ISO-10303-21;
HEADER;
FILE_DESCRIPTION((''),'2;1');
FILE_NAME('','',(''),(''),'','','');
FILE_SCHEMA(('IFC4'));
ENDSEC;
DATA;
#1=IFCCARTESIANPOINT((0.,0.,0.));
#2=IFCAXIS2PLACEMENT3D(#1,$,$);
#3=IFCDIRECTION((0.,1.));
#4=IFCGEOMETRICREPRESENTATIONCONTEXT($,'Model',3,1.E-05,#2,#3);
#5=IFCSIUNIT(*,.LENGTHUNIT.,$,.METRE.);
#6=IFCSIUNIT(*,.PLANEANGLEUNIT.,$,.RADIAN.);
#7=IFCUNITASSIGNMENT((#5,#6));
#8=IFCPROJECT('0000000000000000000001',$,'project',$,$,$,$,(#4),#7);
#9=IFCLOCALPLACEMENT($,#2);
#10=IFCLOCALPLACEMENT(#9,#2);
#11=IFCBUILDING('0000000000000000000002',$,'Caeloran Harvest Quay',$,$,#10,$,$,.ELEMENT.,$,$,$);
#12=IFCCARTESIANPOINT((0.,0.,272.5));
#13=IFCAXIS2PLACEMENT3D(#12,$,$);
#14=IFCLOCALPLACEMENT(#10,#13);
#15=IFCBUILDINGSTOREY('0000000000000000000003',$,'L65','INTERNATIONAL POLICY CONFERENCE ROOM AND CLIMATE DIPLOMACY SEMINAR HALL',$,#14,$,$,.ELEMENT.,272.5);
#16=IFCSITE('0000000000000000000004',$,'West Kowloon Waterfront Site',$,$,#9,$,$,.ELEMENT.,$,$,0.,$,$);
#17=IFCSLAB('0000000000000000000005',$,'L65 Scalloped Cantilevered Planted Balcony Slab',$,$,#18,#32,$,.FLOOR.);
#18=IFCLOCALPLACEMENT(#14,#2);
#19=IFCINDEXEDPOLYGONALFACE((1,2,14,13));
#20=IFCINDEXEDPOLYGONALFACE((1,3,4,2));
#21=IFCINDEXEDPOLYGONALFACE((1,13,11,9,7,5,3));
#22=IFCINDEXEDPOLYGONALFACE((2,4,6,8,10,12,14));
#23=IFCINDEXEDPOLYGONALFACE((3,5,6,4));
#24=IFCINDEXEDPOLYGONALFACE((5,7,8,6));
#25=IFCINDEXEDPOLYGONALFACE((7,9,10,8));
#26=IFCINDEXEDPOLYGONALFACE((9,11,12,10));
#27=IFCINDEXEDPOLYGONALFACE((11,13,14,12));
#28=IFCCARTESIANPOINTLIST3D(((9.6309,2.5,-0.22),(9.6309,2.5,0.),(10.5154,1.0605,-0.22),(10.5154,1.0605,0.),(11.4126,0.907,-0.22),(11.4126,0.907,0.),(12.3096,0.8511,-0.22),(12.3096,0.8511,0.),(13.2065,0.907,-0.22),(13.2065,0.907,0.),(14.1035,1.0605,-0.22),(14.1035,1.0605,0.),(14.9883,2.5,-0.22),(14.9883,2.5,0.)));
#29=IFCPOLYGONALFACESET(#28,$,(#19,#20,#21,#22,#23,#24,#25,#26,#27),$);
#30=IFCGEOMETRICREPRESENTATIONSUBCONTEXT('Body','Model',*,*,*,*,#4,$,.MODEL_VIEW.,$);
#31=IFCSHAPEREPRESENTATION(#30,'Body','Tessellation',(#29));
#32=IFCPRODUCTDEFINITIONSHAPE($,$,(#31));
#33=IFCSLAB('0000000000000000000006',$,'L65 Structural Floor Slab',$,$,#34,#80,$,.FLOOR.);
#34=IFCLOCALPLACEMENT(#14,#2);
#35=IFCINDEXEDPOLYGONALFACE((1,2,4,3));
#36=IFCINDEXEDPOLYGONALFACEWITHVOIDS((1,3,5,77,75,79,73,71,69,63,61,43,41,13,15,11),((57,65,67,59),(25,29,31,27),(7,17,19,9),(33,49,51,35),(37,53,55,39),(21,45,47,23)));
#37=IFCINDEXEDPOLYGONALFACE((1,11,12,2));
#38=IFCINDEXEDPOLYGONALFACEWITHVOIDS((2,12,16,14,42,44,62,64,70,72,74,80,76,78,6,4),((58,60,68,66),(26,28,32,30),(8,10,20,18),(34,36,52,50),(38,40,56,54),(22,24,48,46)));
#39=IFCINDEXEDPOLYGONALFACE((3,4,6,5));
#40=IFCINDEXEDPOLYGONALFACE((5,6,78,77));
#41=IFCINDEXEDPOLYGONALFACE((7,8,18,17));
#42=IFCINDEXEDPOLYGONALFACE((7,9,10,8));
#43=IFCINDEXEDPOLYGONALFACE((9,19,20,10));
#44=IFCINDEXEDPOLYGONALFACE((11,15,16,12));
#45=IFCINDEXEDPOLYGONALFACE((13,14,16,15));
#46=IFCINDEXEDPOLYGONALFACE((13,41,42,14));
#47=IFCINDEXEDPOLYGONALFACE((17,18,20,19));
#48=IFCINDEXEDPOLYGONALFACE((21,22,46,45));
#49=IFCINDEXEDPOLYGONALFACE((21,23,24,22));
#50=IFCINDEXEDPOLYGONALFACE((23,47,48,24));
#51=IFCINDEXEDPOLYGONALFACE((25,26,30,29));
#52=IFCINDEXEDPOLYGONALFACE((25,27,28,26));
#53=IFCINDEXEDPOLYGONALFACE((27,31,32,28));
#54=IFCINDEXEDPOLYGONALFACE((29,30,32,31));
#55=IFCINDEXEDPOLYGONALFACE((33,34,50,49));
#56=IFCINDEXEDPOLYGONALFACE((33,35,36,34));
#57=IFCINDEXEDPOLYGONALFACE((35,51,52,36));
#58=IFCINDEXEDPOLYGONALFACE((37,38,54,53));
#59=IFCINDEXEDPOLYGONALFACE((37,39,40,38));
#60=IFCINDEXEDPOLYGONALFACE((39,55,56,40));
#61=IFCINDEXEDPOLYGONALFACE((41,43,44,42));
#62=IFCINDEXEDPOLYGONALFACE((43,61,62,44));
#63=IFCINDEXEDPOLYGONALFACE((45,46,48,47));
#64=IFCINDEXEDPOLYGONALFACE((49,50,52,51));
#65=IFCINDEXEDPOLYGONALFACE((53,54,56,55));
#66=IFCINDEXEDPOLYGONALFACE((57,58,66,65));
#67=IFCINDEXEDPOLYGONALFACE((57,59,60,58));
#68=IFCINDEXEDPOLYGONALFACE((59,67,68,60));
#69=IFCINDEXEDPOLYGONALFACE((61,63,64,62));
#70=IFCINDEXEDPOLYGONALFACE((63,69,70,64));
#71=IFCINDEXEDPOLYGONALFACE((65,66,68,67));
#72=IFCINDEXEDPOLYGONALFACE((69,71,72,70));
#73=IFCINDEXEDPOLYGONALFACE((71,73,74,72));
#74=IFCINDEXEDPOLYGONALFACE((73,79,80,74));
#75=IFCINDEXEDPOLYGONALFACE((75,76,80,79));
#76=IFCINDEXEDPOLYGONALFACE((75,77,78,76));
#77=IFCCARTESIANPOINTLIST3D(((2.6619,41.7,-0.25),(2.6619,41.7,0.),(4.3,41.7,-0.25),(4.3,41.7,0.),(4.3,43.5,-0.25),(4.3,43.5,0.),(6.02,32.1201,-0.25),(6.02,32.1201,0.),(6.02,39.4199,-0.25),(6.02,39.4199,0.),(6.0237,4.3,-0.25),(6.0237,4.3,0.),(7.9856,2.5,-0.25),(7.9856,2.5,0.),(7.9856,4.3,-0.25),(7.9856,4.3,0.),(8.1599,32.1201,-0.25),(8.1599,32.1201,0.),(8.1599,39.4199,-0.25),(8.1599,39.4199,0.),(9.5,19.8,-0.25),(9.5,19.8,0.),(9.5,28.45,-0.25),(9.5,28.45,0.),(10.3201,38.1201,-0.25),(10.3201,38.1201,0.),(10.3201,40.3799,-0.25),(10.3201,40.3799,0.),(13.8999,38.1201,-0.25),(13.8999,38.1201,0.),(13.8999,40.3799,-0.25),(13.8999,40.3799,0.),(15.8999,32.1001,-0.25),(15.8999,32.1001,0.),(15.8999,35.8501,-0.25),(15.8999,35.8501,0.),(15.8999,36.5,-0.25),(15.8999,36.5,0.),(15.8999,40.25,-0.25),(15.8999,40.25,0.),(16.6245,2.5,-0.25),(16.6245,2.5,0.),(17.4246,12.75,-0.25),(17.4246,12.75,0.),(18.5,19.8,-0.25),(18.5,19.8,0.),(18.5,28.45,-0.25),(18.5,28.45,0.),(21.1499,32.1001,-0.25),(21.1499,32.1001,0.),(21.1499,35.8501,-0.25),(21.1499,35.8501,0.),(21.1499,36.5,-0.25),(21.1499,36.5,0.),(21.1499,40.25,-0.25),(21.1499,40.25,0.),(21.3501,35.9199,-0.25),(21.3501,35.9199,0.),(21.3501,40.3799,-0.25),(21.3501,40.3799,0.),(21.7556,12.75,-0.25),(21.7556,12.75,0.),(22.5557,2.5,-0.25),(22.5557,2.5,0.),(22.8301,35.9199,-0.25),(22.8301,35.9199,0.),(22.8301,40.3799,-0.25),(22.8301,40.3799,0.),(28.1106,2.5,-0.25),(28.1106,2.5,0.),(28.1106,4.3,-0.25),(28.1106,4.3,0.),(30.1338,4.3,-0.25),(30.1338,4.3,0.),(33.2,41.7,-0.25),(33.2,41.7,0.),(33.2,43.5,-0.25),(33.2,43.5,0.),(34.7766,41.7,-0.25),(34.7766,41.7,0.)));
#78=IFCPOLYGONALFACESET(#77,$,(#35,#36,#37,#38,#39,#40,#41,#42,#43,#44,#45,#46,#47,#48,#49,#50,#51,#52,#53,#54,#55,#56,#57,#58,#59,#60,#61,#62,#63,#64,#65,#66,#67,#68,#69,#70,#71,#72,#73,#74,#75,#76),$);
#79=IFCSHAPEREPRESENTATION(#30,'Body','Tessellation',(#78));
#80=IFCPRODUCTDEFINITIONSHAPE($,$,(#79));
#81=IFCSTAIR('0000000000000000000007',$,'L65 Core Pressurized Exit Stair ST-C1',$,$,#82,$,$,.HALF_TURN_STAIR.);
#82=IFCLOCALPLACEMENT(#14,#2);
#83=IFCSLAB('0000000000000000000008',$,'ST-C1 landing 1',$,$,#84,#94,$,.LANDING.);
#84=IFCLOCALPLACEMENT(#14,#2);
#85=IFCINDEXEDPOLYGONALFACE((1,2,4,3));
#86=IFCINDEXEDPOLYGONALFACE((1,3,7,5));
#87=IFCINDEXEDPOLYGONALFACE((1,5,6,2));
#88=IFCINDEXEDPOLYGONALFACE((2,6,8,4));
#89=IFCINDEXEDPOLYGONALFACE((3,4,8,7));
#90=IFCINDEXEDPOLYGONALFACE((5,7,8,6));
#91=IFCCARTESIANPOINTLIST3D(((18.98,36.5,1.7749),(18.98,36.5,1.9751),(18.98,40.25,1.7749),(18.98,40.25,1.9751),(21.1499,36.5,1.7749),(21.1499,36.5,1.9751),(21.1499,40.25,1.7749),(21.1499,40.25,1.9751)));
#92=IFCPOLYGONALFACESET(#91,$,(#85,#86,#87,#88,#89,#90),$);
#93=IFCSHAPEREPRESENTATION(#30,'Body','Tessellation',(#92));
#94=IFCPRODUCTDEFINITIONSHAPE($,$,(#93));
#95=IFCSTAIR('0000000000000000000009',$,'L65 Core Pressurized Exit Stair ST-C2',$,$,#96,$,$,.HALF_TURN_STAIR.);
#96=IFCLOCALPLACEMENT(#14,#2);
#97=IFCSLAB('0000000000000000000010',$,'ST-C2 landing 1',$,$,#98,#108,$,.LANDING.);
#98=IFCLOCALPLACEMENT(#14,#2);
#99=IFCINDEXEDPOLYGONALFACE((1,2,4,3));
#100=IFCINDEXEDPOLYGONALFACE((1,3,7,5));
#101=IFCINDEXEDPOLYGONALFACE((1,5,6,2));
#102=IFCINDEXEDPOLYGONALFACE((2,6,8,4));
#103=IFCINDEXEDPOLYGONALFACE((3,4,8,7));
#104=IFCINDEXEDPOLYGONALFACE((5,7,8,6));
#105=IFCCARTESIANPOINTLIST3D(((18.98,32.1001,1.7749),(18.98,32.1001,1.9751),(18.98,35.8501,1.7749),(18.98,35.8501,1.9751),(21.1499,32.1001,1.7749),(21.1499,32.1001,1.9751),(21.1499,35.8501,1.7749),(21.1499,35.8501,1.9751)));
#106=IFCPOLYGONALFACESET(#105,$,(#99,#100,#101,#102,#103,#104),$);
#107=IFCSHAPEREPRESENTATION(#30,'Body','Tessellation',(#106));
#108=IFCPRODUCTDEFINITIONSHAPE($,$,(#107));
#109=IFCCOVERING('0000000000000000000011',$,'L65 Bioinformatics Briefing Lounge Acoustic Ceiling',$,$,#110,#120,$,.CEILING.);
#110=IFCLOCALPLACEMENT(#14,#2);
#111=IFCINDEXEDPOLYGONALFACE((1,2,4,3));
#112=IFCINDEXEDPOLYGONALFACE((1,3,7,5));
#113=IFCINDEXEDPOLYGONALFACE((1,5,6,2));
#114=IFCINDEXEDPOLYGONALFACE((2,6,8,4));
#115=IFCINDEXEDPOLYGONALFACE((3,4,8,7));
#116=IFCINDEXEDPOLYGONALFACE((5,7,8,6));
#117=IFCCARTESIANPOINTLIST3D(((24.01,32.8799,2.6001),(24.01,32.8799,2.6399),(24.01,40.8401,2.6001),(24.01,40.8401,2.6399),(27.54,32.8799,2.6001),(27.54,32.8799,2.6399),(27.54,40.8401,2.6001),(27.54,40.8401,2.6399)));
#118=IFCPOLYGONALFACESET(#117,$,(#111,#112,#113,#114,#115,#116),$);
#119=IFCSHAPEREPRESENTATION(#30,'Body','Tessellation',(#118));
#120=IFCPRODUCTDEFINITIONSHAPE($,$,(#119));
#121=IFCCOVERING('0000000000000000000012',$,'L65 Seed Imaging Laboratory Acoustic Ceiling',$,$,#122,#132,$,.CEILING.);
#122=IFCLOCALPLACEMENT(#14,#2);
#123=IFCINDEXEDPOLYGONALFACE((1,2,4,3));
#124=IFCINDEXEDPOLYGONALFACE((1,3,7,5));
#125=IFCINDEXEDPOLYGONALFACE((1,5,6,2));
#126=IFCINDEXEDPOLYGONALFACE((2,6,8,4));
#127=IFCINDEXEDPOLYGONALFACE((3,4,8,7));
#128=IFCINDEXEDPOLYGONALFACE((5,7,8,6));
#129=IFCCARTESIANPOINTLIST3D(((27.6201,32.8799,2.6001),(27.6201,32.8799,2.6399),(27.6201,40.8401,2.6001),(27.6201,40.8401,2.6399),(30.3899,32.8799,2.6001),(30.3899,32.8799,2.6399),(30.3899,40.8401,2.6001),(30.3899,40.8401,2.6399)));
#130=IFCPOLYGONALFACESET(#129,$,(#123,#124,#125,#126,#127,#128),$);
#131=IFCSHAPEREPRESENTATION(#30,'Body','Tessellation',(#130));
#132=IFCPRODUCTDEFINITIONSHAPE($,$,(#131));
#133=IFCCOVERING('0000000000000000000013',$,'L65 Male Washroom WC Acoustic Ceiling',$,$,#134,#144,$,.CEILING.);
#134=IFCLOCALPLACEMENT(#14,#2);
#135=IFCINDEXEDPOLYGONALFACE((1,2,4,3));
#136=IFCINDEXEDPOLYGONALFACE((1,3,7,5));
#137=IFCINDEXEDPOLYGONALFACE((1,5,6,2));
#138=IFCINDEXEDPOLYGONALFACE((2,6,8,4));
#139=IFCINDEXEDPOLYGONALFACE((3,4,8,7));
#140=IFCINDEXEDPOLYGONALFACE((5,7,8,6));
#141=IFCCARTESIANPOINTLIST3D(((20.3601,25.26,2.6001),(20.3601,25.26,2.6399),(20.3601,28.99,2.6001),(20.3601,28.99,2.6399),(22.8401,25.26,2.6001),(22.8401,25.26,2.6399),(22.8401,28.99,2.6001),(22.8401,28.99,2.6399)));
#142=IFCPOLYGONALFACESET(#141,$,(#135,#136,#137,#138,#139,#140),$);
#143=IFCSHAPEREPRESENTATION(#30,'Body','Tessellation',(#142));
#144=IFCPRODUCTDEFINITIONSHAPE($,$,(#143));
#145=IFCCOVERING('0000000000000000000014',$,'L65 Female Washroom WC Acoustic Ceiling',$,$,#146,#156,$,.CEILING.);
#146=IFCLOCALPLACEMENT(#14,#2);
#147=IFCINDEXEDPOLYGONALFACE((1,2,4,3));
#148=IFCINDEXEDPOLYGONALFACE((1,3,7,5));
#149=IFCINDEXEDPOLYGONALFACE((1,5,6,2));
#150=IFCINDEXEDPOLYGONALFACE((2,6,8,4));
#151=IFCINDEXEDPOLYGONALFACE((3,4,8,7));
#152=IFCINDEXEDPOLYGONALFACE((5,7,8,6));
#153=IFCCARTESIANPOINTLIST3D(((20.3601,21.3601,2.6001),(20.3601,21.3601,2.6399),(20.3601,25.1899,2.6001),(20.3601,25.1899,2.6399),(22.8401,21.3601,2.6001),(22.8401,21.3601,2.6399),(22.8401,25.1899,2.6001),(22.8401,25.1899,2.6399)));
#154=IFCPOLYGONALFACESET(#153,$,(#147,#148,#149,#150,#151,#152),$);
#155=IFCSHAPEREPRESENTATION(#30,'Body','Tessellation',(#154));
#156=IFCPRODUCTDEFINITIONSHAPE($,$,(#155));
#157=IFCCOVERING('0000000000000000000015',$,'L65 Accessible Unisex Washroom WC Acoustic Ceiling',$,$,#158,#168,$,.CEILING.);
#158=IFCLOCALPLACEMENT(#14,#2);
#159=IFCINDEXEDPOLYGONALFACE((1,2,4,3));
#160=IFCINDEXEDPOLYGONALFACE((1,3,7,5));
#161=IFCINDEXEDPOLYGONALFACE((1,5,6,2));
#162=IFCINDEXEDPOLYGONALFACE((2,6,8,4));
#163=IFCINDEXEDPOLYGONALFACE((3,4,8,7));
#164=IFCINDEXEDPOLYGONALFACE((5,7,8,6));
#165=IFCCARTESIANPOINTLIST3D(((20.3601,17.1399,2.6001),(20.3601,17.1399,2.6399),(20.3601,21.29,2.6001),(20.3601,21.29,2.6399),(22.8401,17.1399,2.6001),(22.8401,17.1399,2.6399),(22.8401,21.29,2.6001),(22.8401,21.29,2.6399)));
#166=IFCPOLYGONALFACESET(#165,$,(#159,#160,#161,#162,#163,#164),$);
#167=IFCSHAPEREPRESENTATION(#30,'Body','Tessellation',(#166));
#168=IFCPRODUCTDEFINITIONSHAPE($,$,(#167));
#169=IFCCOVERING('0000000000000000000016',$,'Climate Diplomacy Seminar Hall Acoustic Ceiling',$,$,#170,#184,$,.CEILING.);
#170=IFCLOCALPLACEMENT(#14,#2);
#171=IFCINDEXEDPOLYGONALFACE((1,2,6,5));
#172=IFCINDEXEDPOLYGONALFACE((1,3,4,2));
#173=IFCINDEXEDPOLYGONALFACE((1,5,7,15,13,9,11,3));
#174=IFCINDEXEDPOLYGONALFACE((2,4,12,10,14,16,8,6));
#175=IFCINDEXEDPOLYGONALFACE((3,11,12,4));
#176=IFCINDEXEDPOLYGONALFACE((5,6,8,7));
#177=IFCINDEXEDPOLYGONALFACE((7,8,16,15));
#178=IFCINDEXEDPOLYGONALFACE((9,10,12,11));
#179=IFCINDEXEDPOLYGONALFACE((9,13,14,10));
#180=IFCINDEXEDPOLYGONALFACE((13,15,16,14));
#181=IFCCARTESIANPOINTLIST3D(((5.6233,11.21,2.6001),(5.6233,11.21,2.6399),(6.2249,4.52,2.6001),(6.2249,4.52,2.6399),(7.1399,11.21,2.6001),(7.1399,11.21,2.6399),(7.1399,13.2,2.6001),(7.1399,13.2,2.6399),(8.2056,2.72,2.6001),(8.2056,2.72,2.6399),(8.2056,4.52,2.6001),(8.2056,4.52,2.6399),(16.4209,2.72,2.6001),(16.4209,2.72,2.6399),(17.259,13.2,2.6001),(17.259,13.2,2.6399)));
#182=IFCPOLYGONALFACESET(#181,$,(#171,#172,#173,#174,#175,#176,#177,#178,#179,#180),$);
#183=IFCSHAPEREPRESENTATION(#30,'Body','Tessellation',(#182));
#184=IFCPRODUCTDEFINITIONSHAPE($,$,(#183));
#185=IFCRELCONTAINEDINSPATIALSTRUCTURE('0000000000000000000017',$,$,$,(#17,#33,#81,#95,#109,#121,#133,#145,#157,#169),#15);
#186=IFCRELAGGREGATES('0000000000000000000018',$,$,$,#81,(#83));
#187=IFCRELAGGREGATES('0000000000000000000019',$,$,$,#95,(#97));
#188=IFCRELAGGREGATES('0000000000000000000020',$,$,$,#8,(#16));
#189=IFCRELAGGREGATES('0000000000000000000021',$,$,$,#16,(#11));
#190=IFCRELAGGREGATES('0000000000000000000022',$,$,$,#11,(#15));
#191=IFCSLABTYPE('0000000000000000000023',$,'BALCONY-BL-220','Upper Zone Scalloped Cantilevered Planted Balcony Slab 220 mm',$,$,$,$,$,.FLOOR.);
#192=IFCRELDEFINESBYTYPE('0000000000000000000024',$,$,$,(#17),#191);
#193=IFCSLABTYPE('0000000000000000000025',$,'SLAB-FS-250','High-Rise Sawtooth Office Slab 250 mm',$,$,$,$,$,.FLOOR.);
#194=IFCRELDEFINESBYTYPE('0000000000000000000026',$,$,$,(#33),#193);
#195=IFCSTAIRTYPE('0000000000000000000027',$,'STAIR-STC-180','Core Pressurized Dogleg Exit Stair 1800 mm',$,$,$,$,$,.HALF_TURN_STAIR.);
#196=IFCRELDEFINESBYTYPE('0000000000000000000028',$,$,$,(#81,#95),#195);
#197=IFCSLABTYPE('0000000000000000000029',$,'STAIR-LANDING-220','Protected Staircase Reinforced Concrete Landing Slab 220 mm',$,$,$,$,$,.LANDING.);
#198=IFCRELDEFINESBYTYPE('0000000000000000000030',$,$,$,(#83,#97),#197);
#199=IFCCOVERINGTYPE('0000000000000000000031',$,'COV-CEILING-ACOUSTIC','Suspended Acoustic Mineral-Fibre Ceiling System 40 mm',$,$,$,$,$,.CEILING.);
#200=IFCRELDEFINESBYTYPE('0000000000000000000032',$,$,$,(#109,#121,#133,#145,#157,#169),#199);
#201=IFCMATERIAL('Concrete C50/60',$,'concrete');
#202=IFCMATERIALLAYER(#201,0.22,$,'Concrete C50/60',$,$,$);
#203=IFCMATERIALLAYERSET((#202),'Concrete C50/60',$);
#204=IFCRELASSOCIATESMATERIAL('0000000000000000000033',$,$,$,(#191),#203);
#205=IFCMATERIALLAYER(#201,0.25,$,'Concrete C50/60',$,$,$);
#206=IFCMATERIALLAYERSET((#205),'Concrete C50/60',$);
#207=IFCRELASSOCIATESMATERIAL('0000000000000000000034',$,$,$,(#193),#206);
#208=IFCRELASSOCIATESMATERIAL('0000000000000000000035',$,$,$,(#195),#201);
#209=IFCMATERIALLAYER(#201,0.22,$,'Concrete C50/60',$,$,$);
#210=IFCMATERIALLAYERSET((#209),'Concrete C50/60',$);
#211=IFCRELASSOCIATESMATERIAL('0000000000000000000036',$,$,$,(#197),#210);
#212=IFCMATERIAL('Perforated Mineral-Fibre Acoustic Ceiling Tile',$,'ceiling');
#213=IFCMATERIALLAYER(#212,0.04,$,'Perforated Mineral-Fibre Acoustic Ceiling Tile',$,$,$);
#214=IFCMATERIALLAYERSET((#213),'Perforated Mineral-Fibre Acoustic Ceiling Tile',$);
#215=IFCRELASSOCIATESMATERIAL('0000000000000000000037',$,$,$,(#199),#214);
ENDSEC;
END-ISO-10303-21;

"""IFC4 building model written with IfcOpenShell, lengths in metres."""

from ifc_helpers import new_model, si_unit, direction, frame, origin, place, context, subcontext, project, spatial, polyline, outline, extrude, material, layer, layer_set, type_object, element, aggregate, save


model = new_model("IFC4")

# Units and contexts
model_context = context("Model", 3, precision=1e-05, world=origin(), true_north=direction((0.0, 1.0)))
body_context = subcontext(model_context, "Body", "Model", "MODEL_VIEW")
ifc_project = project(units=[si_unit("LENGTHUNIT", "METRE"), si_unit("PLANEANGLEUNIT", "RADIAN")], contexts=[model_context])

# Site, building, storey
site_placement = place(None, origin())
site = spatial("IfcSite", under=ifc_project, at=site_placement, Name="West Kowloon Waterfront Site", CompositionType="ELEMENT", RefElevation=0.0)
building_placement = place(site_placement, origin())
building = spatial("IfcBuilding", under=site, at=building_placement, Name="Caeloran Harvest Quay", CompositionType="ELEMENT")
storey_placement = place(building_placement, frame((0.0, 0.0, 272.5)))
storey = spatial("IfcBuildingStorey", under=building, at=storey_placement, Name="L65", Description="INTERNATIONAL POLICY CONFERENCE ROOM AND CLIMATE DIPLOMACY SEMINAR HALL", CompositionType="ELEMENT", Elevation=272.5)

# Slabs
ifc_material_1 = material(Name="Concrete C50/60", Category="concrete")
ifc_layer_1 = layer(ifc_material_1, 0.22, Name="Concrete C50/60")
ifc_layer_set_1 = layer_set([ifc_layer_1], Name="Concrete C50/60")
slab_type_1 = type_object("IfcSlabType", Name="BALCONY-BL-220", Description="Upper Zone Scalloped Cantilevered Planted Balcony Slab 220 mm", PredefinedType="FLOOR", material=ifc_layer_set_1)
slab_1_placement = place(storey_placement, frame((0.0, 0.0, -0.22)))
element("IfcSlab", 1, at=slab_1_placement, inside=storey, type_object=slab_type_1, Name="L65 Scalloped Cantilevered Planted Balcony Slab", PredefinedType="FLOOR", context=body_context, shape_type="SweptSolid", body=[
    extrude(outline(polyline([(14.1035, 1.0605), (13.2065, 0.907), (12.3096, 0.8511), (11.4126, 0.907), (10.5154, 1.0605), (9.6309, 2.5), (14.9883, 2.5), (14.1035, 1.0605)])), origin(), (0.0, 0.0, 1.0), 0.22),
])
ifc_layer_2 = layer(ifc_material_1, 0.25, Name="Concrete C50/60")
ifc_layer_set_2 = layer_set([ifc_layer_2], Name="Concrete C50/60")
slab_type_2 = type_object("IfcSlabType", Name="SLAB-FS-250", Description="High-Rise Sawtooth Office Slab 250 mm", PredefinedType="FLOOR", material=ifc_layer_set_2)
slab_2_placement = place(storey_placement, frame((0.0, 0.0, -0.25)))
element("IfcSlab", 2, at=slab_2_placement, inside=storey, type_object=slab_type_2, Name="L65 Structural Floor Slab", PredefinedType="FLOOR", context=body_context, shape_type="SweptSolid", body=[
    extrude(outline(polyline([(7.9856, 2.5), (16.6245, 2.5), (17.4246, 12.75), (21.7556, 12.75), (22.5557, 2.5), (28.1106, 2.5), (28.1106, 4.3), (30.1338, 4.3), (34.7766, 41.7), (33.2, 41.7), (33.2, 43.5), (4.3, 43.5), (4.3, 41.7), (2.6619, 41.7), (6.0237, 4.3), (7.9856, 4.3), (7.9856, 2.5)]), holes=[polyline([(18.5, 28.45), (18.5, 19.8), (9.5, 19.8), (9.5, 28.45), (18.5, 28.45)]), polyline([(15.8999, 32.1001), (15.8999, 35.8501), (21.1499, 35.8501), (21.1499, 32.1001), (15.8999, 32.1001)]), polyline([(8.1599, 32.1201), (6.02, 32.1201), (6.02, 39.4199), (8.1599, 39.4199), (8.1599, 32.1201)]), polyline([(22.8301, 40.3799), (22.8301, 35.9199), (21.3501, 35.9199), (21.3501, 40.3799), (22.8301, 40.3799)]), polyline([(15.8999, 36.5), (15.8999, 40.25), (21.1499, 40.25), (21.1499, 36.5), (15.8999, 36.5)]), polyline([(13.8999, 38.1201), (10.3201, 38.1201), (10.3201, 40.3799), (13.8999, 40.3799), (13.8999, 38.1201)])]), origin(), (0.0, 0.0, 1.0), 0.25),
])

# Stairs, slabs
stair_type = type_object("IfcStairType", Name="STAIR-STC-180", Description="Core Pressurized Dogleg Exit Stair 1800 mm", PredefinedType="HALF_TURN_STAIR", material=ifc_material_1)
stair_1_placement = place(storey_placement, origin())
stair_1 = element("IfcStair", 3, at=stair_1_placement, inside=storey, type_object=stair_type, Name="L65 Core Pressurized Exit Stair ST-C1", PredefinedType="HALF_TURN_STAIR")
ifc_layer_3 = layer(ifc_material_1, 0.22, Name="Concrete C50/60")
ifc_layer_set_3 = layer_set([ifc_layer_3], Name="Concrete C50/60")
slab_type_3 = type_object("IfcSlabType", Name="STAIR-LANDING-220", Description="Protected Staircase Reinforced Concrete Landing Slab 220 mm", PredefinedType="LANDING", material=ifc_layer_set_3)
slab_3_placement = place(storey_placement, frame((0.0, 0.0, 1.7749)))
slab_3 = element("IfcSlab", 4, at=slab_3_placement, type_object=slab_type_3, Name="ST-C1 landing 1", PredefinedType="LANDING", context=body_context, shape_type="SweptSolid", body=[
    extrude(outline(polyline([(18.98, 36.5), (21.1499, 36.5), (21.1499, 40.25), (18.98, 40.25), (18.98, 36.5)])), origin(), (0.0, 0.0, 1.0), 0.2002),
])
aggregate(stair_1, [slab_3])
stair_2_placement = place(storey_placement, origin())
stair_2 = element("IfcStair", 5, at=stair_2_placement, inside=storey, type_object=stair_type, Name="L65 Core Pressurized Exit Stair ST-C2", PredefinedType="HALF_TURN_STAIR")
slab_4_placement = place(storey_placement, frame((0.0, 0.0, 1.7749)))
slab_4 = element("IfcSlab", 6, at=slab_4_placement, type_object=slab_type_3, Name="ST-C2 landing 1", PredefinedType="LANDING", context=body_context, shape_type="SweptSolid", body=[
    extrude(outline(polyline([(18.98, 32.1001), (21.1499, 32.1001), (21.1499, 35.8501), (18.98, 35.8501), (18.98, 32.1001)])), origin(), (0.0, 0.0, 1.0), 0.2002),
])
aggregate(stair_2, [slab_4])

# Coverings
ifc_material_2 = material(Name="Perforated Mineral-Fibre Acoustic Ceiling Tile", Category="ceiling")
ifc_layer_4 = layer(ifc_material_2, 0.04, Name="Perforated Mineral-Fibre Acoustic Ceiling Tile")
ifc_layer_set_4 = layer_set([ifc_layer_4], Name="Perforated Mineral-Fibre Acoustic Ceiling Tile")
covering_type_1 = type_object("IfcCoveringType", Name="COV-CEILING-ACOUSTIC", Description="Suspended Acoustic Mineral-Fibre Ceiling System 40 mm", PredefinedType="CEILING", material=ifc_layer_set_4)
covering_1_placement = place(storey_placement, frame((0.0, 0.0, 2.6001)))
element("IfcCovering", 7, at=covering_1_placement, inside=storey, type_object=covering_type_1, Name="L65 Bioinformatics Briefing Lounge Acoustic Ceiling", PredefinedType="CEILING", context=body_context, shape_type="SweptSolid", body=[
    extrude(outline(polyline([(27.54, 40.8401), (27.54, 32.8799), (24.01, 32.8799), (24.01, 40.8401), (27.54, 40.8401)])), origin(), (0.0, 0.0, 1.0), 0.0398),
])
covering_2_placement = place(storey_placement, frame((0.0, 0.0, 2.6001)))
element("IfcCovering", 8, at=covering_2_placement, inside=storey, type_object=covering_type_1, Name="L65 Seed Imaging Laboratory Acoustic Ceiling", PredefinedType="CEILING", context=body_context, shape_type="SweptSolid", body=[
    extrude(outline(polyline([(30.3899, 40.8401), (30.3899, 32.8799), (27.6201, 32.8799), (27.6201, 40.8401), (30.3899, 40.8401)])), origin(), (0.0, 0.0, 1.0), 0.0398),
])
covering_3_placement = place(storey_placement, frame((0.0, 0.0, 2.6001)))
element("IfcCovering", 9, at=covering_3_placement, inside=storey, type_object=covering_type_1, Name="L65 Male Washroom WC Acoustic Ceiling", PredefinedType="CEILING", context=body_context, shape_type="SweptSolid", body=[
    extrude(outline(polyline([(22.8401, 28.99), (22.8401, 25.26), (20.3601, 25.26), (20.3601, 28.99), (22.8401, 28.99)])), origin(), (0.0, 0.0, 1.0), 0.0398),
])
covering_4_placement = place(storey_placement, frame((0.0, 0.0, 2.6001)))
element("IfcCovering", 10, at=covering_4_placement, inside=storey, type_object=covering_type_1, Name="L65 Female Washroom WC Acoustic Ceiling", PredefinedType="CEILING", context=body_context, shape_type="SweptSolid", body=[
    extrude(outline(polyline([(22.8401, 25.1899), (22.8401, 21.3601), (20.3601, 21.3601), (20.3601, 25.1899), (22.8401, 25.1899)])), origin(), (0.0, 0.0, 1.0), 0.0398),
])
covering_5_placement = place(storey_placement, frame((0.0, 0.0, 2.6001)))
element("IfcCovering", 11, at=covering_5_placement, inside=storey, type_object=covering_type_1, Name="L65 Accessible Unisex Washroom WC Acoustic Ceiling", PredefinedType="CEILING", context=body_context, shape_type="SweptSolid", body=[
    extrude(outline(polyline([(22.8401, 21.29), (22.8401, 17.1399), (20.3601, 17.1399), (20.3601, 21.29), (22.8401, 21.29)])), origin(), (0.0, 0.0, 1.0), 0.0398),
])
covering_6_placement = place(storey_placement, frame((0.0, 0.0, 2.6001)))
element("IfcCovering", 12, at=covering_6_placement, inside=storey, type_object=covering_type_1, Name="Climate Diplomacy Seminar Hall Acoustic Ceiling", PredefinedType="CEILING", context=body_context, shape_type="SweptSolid", body=[
    extrude(outline(polyline([(17.259, 13.2), (16.4209, 2.72), (8.2056, 2.72), (8.2056, 4.52), (6.2249, 4.52), (5.6233, 11.21), (7.1399, 11.21), (7.1399, 13.2), (17.259, 13.2)])), origin(), (0.0, 0.0, 1.0), 0.0398),
])

save(model, "model.ifc")
